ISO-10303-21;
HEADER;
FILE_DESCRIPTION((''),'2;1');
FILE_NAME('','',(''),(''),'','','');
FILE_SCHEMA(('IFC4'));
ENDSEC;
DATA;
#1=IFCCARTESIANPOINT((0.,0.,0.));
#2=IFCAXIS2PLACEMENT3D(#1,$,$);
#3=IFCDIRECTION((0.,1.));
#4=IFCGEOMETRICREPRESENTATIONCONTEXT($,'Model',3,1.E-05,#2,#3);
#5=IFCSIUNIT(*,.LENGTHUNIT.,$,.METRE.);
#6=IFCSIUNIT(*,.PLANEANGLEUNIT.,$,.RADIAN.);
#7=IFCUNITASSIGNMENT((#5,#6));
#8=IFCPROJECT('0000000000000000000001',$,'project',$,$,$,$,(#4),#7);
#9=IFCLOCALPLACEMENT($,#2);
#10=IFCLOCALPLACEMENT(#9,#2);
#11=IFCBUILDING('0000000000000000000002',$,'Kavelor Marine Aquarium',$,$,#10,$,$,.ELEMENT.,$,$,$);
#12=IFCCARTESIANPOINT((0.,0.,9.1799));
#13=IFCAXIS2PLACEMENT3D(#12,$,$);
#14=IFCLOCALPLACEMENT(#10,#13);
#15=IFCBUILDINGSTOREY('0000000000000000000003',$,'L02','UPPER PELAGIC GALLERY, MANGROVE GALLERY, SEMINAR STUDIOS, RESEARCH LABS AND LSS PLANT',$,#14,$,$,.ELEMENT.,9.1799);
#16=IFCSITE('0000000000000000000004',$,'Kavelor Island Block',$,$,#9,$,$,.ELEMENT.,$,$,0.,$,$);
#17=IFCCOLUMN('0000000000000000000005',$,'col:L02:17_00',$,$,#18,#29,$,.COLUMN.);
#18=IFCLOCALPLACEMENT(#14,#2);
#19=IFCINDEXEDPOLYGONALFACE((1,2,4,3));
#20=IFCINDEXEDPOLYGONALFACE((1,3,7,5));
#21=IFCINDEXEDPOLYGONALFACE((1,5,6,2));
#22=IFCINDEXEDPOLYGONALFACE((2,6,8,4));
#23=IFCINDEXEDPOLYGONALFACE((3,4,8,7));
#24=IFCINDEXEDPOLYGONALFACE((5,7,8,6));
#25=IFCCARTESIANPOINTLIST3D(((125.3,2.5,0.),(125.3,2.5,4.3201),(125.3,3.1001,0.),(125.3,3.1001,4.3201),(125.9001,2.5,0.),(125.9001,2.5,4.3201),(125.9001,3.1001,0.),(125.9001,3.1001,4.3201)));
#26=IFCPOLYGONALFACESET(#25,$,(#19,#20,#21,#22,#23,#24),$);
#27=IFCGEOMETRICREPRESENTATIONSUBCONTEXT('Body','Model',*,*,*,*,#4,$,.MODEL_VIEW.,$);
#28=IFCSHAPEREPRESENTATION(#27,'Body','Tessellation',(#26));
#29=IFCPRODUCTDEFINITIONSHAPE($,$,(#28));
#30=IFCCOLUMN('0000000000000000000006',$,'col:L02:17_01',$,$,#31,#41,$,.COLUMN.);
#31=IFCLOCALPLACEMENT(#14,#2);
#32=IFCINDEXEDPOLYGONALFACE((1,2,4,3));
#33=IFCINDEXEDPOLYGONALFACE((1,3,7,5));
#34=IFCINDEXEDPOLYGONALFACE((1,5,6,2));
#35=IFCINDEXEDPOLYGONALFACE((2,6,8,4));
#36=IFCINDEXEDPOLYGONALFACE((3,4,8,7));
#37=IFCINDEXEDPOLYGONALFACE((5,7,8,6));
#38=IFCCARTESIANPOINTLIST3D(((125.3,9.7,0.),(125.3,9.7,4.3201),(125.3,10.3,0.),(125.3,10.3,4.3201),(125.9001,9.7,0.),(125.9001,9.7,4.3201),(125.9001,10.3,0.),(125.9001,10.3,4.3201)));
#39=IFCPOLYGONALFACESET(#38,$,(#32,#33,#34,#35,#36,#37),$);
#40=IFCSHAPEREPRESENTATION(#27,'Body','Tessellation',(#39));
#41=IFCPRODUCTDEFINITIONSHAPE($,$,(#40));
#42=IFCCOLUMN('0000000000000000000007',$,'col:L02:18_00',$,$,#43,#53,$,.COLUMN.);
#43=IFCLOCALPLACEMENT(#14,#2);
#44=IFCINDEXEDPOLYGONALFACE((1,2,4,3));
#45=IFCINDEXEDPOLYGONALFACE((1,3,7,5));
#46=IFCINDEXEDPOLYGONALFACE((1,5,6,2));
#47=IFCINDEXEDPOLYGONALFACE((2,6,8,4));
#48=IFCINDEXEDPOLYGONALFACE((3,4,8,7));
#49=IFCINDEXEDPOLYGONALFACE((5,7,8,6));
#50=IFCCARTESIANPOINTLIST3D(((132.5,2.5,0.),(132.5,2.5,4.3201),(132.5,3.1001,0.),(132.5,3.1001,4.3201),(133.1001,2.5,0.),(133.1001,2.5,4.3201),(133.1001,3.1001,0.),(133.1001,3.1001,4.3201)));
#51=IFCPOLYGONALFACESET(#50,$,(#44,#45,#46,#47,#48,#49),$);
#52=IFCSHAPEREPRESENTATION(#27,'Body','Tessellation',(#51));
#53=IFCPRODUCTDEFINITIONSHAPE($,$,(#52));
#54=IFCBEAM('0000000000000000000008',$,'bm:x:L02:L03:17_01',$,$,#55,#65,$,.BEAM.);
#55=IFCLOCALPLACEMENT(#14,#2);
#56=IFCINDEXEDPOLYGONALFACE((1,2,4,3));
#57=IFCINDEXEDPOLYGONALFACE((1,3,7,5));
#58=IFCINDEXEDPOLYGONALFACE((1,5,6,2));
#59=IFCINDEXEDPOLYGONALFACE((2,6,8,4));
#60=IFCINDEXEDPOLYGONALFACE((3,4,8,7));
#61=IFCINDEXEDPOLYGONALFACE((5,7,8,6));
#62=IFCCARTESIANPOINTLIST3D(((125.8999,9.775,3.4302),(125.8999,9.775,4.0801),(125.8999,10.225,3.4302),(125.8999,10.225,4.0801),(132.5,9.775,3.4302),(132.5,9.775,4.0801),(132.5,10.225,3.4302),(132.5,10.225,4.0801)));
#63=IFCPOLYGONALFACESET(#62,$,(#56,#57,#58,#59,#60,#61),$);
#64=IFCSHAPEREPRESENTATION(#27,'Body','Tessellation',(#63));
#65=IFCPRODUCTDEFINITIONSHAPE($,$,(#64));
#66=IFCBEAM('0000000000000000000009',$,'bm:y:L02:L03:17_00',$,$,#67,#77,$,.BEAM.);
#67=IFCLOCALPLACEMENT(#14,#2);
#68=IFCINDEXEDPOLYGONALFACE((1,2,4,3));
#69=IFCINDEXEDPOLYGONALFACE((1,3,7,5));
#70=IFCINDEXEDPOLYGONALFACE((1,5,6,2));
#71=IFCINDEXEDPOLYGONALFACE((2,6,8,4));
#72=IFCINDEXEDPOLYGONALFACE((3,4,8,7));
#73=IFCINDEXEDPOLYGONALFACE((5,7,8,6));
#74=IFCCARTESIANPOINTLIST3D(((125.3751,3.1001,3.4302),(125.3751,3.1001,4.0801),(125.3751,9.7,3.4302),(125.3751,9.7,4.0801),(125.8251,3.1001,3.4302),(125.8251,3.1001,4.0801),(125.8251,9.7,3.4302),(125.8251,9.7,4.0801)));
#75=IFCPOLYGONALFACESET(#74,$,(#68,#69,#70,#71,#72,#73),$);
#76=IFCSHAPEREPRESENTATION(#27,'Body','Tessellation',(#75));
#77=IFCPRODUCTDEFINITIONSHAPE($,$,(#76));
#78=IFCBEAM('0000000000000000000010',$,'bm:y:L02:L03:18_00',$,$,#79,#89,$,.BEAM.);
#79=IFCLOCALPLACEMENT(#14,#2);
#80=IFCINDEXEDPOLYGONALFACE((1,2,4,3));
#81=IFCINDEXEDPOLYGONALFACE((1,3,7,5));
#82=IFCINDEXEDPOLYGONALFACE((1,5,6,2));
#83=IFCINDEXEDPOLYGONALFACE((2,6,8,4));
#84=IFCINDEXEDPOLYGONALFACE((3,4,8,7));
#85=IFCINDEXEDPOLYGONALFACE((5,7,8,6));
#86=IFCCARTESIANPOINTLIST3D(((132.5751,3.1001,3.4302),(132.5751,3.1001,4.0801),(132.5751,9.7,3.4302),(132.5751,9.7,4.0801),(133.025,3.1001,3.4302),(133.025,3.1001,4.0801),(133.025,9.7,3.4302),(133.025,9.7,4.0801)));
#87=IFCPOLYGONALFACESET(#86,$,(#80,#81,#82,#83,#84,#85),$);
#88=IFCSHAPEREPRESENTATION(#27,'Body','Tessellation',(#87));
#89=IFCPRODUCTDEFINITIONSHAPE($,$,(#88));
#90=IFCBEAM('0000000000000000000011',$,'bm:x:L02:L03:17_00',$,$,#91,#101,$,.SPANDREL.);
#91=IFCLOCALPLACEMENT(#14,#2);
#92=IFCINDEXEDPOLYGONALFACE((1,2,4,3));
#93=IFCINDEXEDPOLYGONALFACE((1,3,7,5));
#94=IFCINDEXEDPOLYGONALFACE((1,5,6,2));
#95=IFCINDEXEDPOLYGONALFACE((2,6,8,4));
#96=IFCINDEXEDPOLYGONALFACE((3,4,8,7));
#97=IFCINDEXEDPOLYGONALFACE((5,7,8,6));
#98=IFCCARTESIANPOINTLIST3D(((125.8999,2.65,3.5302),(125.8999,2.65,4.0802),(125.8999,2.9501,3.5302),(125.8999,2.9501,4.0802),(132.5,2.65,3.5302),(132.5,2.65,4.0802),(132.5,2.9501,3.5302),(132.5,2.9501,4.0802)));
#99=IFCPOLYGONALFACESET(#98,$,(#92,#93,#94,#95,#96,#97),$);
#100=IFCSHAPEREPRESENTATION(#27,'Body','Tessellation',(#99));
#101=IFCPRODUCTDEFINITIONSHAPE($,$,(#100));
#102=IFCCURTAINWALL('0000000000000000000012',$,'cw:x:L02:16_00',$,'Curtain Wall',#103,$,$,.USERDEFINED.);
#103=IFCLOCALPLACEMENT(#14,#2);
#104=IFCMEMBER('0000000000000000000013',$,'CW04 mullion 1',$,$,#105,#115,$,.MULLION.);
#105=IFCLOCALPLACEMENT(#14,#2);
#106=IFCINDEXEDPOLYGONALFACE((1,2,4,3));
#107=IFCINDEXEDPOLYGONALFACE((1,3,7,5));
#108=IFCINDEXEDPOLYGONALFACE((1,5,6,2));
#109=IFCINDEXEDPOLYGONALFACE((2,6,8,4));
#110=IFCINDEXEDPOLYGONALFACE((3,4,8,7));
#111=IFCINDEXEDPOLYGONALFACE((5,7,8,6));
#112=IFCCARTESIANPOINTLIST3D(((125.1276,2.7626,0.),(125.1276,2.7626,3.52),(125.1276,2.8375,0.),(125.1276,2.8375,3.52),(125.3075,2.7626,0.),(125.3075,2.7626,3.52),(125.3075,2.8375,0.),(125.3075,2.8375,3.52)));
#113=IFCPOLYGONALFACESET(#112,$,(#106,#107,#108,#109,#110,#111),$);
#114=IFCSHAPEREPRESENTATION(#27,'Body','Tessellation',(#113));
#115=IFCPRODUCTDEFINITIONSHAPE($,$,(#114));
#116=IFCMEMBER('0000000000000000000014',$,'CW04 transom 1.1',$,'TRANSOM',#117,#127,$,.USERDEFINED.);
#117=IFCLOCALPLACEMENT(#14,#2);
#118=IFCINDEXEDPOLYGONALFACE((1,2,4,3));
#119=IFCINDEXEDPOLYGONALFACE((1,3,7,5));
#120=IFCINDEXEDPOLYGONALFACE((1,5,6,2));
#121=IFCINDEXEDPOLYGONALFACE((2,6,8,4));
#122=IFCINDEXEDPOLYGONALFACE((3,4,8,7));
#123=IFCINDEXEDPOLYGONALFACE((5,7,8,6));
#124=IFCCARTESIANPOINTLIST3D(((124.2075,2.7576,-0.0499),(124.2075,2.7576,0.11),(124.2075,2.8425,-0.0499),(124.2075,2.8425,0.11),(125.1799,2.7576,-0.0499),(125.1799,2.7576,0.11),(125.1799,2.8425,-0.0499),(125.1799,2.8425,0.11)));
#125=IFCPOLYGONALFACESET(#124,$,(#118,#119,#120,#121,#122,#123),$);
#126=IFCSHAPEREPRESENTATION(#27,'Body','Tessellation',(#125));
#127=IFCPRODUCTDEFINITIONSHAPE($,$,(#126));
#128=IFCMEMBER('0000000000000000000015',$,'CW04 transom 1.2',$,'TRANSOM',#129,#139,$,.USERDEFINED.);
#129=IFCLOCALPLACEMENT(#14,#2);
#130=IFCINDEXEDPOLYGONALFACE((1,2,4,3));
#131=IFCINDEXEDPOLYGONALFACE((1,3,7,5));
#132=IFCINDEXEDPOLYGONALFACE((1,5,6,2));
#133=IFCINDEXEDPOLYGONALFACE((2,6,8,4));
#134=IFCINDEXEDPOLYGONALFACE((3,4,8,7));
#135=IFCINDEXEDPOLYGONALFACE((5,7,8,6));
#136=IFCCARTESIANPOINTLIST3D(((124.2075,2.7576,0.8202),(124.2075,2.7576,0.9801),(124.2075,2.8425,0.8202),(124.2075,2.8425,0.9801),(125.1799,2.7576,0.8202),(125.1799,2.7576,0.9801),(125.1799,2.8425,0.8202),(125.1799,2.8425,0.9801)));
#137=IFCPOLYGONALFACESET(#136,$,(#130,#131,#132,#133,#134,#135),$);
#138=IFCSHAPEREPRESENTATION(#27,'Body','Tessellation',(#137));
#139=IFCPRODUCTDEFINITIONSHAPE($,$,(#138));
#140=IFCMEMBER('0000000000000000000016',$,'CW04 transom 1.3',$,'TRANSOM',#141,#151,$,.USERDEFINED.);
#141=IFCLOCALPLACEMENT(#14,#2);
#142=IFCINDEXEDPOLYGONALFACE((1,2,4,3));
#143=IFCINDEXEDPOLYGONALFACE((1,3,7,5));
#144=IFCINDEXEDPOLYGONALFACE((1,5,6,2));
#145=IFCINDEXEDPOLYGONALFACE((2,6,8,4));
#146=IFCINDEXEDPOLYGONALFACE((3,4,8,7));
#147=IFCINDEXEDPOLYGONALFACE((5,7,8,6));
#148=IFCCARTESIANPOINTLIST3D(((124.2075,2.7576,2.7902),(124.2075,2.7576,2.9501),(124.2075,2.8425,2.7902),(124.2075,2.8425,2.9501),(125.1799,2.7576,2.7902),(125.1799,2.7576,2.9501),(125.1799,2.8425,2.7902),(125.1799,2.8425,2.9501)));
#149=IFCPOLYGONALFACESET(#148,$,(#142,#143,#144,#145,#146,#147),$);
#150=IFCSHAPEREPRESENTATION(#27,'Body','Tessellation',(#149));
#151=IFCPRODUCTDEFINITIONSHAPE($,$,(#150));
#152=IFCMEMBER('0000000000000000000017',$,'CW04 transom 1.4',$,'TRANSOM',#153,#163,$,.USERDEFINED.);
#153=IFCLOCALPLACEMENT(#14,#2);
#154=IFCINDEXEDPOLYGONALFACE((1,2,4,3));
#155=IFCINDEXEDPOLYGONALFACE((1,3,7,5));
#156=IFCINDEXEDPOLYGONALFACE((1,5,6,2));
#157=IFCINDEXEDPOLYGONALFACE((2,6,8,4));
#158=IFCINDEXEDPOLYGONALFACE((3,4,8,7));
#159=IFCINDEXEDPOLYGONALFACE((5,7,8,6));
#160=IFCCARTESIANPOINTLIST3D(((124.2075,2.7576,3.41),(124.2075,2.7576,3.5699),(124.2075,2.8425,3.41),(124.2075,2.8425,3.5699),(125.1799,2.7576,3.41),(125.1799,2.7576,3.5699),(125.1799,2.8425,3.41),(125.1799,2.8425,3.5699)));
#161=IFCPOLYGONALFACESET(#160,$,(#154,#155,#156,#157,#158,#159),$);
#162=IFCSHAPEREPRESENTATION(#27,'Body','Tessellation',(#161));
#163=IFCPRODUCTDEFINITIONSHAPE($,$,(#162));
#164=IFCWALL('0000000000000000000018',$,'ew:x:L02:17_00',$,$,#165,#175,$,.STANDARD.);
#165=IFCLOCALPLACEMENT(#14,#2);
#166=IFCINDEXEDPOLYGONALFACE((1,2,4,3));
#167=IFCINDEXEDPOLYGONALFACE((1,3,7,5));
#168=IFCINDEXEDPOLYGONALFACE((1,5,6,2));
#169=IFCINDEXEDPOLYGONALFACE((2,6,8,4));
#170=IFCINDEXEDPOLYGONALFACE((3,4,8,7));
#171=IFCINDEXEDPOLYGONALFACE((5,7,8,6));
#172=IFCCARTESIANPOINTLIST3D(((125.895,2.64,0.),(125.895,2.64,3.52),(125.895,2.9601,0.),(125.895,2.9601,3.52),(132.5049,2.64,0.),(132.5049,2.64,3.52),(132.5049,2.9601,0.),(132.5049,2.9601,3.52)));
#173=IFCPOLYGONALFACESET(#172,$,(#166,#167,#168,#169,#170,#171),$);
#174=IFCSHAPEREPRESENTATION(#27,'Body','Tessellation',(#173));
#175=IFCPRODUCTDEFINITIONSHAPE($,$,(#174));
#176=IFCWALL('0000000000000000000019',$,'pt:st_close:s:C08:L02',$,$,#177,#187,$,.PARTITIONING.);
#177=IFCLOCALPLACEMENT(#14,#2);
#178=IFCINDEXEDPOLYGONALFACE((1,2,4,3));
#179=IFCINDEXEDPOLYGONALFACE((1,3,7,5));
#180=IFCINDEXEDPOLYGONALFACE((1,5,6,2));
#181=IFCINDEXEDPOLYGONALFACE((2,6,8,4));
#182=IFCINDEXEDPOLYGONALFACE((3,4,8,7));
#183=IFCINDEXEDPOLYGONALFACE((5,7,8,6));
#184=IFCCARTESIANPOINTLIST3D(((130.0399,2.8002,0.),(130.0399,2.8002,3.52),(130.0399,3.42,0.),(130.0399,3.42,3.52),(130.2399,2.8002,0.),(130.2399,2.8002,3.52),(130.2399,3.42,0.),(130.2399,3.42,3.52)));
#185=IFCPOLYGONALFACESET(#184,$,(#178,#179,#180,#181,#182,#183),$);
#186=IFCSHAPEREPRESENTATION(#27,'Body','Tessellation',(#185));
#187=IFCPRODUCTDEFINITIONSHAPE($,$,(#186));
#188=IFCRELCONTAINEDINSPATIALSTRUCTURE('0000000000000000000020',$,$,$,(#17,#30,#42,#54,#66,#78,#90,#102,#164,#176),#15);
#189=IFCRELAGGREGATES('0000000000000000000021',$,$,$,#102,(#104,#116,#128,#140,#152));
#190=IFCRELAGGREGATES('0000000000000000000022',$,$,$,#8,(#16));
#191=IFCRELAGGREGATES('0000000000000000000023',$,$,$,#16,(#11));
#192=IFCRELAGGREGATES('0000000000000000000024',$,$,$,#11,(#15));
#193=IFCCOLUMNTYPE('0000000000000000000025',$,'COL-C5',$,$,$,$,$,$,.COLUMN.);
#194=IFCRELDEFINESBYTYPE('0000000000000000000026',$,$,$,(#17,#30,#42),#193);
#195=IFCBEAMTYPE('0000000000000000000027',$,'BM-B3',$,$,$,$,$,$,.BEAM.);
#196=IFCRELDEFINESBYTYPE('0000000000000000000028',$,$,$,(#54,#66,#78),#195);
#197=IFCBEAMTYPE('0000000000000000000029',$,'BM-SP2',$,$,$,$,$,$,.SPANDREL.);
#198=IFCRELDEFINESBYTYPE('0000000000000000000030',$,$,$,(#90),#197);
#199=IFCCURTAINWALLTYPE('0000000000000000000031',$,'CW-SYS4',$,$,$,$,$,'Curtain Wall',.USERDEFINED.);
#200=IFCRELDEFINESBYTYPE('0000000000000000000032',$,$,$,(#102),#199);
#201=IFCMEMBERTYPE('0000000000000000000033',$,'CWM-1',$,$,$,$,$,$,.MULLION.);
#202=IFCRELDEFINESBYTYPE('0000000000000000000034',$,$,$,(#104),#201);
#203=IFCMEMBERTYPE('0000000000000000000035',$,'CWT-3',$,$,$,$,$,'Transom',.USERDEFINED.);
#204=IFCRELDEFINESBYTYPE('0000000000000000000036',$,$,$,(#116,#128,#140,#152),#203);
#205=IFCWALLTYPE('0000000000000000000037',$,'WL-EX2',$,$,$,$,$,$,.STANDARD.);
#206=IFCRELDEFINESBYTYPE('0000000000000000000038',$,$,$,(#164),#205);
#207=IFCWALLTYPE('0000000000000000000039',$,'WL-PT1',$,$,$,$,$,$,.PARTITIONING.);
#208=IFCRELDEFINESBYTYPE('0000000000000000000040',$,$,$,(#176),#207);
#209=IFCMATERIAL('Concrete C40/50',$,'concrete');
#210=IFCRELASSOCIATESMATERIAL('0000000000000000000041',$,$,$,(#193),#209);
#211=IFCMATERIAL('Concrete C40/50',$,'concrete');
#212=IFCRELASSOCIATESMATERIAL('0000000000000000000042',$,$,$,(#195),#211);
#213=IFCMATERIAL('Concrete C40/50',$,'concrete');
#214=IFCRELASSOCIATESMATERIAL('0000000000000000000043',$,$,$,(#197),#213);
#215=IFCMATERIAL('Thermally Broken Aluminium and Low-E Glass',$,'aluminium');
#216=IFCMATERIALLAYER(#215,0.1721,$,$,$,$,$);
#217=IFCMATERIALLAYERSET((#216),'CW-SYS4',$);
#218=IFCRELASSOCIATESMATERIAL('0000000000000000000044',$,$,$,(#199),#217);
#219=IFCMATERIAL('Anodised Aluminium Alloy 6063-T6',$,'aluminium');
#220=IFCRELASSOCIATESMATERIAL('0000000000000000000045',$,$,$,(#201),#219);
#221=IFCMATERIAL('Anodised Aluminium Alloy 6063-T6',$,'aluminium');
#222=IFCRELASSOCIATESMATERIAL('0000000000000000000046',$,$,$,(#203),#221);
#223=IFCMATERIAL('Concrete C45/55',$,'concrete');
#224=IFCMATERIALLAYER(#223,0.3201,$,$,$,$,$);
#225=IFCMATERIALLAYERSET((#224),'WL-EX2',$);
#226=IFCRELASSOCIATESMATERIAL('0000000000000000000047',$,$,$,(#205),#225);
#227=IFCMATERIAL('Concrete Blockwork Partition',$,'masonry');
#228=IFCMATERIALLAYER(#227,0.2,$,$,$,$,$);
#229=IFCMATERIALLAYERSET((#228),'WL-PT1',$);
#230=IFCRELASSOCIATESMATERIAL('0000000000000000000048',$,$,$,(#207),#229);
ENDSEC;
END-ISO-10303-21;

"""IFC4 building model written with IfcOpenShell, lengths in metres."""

from ifc_helpers import new_model, si_unit, direction, frame, frame_2d, origin, origin_2d, place, context, subcontext, project, spatial, rectangle, extrude, material, layer, layer_set, material_profile, profile_set, type_object, element, aggregate, save


model = new_model("IFC4")

# Units and contexts
model_context = context("Model", 3, precision=1e-05, world=origin(), true_north=direction((0.0, 1.0)))
body_context = subcontext(model_context, "Body", "Model", "MODEL_VIEW")
ifc_project = project(units=[si_unit("LENGTHUNIT", "METRE"), si_unit("PLANEANGLEUNIT", "RADIAN")], contexts=[model_context])

# Site, building, storey
site_placement = place(None, origin())
site = spatial("IfcSite", under=ifc_project, at=site_placement, Name="Kavelor Island Block", CompositionType="ELEMENT", RefElevation=0.0)
building_placement = place(site_placement, origin())
building = spatial("IfcBuilding", under=site, at=building_placement, Name="Kavelor Marine Aquarium", CompositionType="ELEMENT")
storey_placement = place(building_placement, frame((0.0, 0.0, 9.1799)))
storey = spatial("IfcBuildingStorey", under=building, at=storey_placement, Name="L02", Description="UPPER PELAGIC GALLERY, MANGROVE GALLERY, SEMINAR STUDIOS, RESEARCH LABS AND LSS PLANT", CompositionType="ELEMENT", Elevation=9.1799)

# Columns
ifc_material_1 = material(Name="Concrete C40/50", Category="concrete")
ifc_material_profile_1 = material_profile(ifc_material_1, rectangle(XDim=0.6001, YDim=0.6001, at=origin_2d()), Name="RC-COL 600x600")
ifc_profile_set_1 = profile_set([ifc_material_profile_1], Name="Concrete C40/50")
column_type = type_object("IfcColumnType", Name="COL-C5", PredefinedType="COLUMN", material=ifc_profile_set_1)
for number, where, z_axis, x_axis, name in (
    (1, (125.6001, 2.8, 0.0), (0.0, 0.0, 1.0), (1.0, 0.0, 0.0), "col:L02:17_00"),
    (2, (125.6001, 10.0, 0.0), (0.0, 0.0, 1.0), (1.0, 0.0, 0.0), "col:L02:17_01"),
    (3, (132.8, 2.8, 0.0), (0.0, 0.0, 1.0), (1.0, 0.0, 0.0), "col:L02:18_00"),
):
    element("IfcColumn", number, at=place(storey_placement, frame(where, z_axis=z_axis, x_axis=x_axis)), inside=storey, type_object=column_type, Name=name, PredefinedType="COLUMN", context=body_context, shape_type="SweptSolid", body=[
        extrude(rectangle(XDim=0.6001, YDim=0.6001, at=origin_2d()), origin(), (0.0, 0.0, 1.0), 4.3201),
    ])

# Beams
ifc_material_2 = material(Name="Concrete C40/50", Category="concrete")
ifc_material_profile_2 = material_profile(ifc_material_2, rectangle(XDim=0.45, YDim=0.6499, at=origin_2d()), Name="RC-BM 450x650")
ifc_profile_set_2 = profile_set([ifc_material_profile_2], Name="Concrete C40/50")
beam_type_1 = type_object("IfcBeamType", Name="BM-B3", PredefinedType="BEAM", material=ifc_profile_set_2)
beam_1_placement = place(storey_placement, frame((125.8999, 10.0, 3.7551), z_axis=(1.0, 0.0, 0.0), x_axis=(0.0, 1.0, 0.0)))
element("IfcBeam", 4, at=beam_1_placement, inside=storey, type_object=beam_type_1, Name="bm:x:L02:L03:17_01", PredefinedType="BEAM", context=body_context, shape_type="SweptSolid", body=[
    extrude(rectangle(XDim=0.45, YDim=0.6499, at=origin_2d()), origin(), (0.0, 0.0, 1.0), 6.6001),
])
for number, where, z_axis, x_axis, name in (
    (5, (125.6001, 3.1001, 3.7551), (0.0, 1.0, 0.0), (-1.0, 0.0, 0.0), "bm:y:L02:L03:17_00"),
    (6, (132.8, 3.1001, 3.7551), (0.0, 1.0, 0.0), (-1.0, 0.0, 0.0), "bm:y:L02:L03:18_00"),
):
    element("IfcBeam", number, at=place(storey_placement, frame(where, z_axis=z_axis, x_axis=x_axis)), inside=storey, type_object=beam_type_1, Name=name, PredefinedType="BEAM", context=body_context, shape_type="SweptSolid", body=[
        extrude(rectangle(XDim=0.45, YDim=0.6499, at=origin_2d()), origin(), (0.0, 0.0, 1.0), 6.5999),
    ])
ifc_material_3 = material(Name="Concrete C40/50", Category="concrete")
ifc_material_profile_3 = material_profile(ifc_material_3, rectangle(XDim=0.3, YDim=0.55, at=origin_2d()), Name="RC-SP 300x550")
ifc_profile_set_3 = profile_set([ifc_material_profile_3], Name="Concrete C40/50")
beam_type_2 = type_object("IfcBeamType", Name="BM-SP2", PredefinedType="SPANDREL", material=ifc_profile_set_3)
beam_2_placement = place(storey_placement, frame((125.8999, 2.8, 3.8052), z_axis=(1.0, 0.0, 0.0), x_axis=(0.0, 1.0, 0.0)))
element("IfcBeam", 7, at=beam_2_placement, inside=storey, type_object=beam_type_2, Name="bm:x:L02:L03:17_00", PredefinedType="SPANDREL", context=body_context, shape_type="SweptSolid", body=[
    extrude(rectangle(XDim=0.3, YDim=0.55, at=origin_2d()), origin(), (0.0, 0.0, 1.0), 6.6001),
])

# Curtain wall, members
ifc_material_4 = material(Name="Thermally Broken Aluminium and Low-E Glass", Category="aluminium")
ifc_layer_1 = layer(ifc_material_4, 0.1721)
ifc_layer_set_1 = layer_set([ifc_layer_1], Name="CW-SYS4")
curtain_wall_type = type_object("IfcCurtainWallType", Name="CW-SYS4", ElementType="Curtain Wall", PredefinedType="USERDEFINED", material=ifc_layer_set_1)
curtain_wall_placement = place(storey_placement, origin())
curtain_wall = element("IfcCurtainWall", 8, at=curtain_wall_placement, inside=storey, type_object=curtain_wall_type, Name="cw:x:L02:16_00", ObjectType="Curtain Wall", PredefinedType="USERDEFINED")
ifc_material_5 = material(Name="Anodised Aluminium Alloy 6063-T6", Category="aluminium")
ifc_material_profile_4 = material_profile(ifc_material_5, rectangle(XDim=0.075, YDim=0.1799, at=origin_2d()), Name="CW-MUL 75x180")
ifc_profile_set_4 = profile_set([ifc_material_profile_4], Name="Anodised Aluminium Alloy 6063-T6")
member_type_1 = type_object("IfcMemberType", Name="CWM-1", PredefinedType="MULLION", material=ifc_profile_set_4)
member_1_placement = place(storey_placement, frame((125.2175, 2.8, 0.0), z_axis=(0.0, 0.0, 1.0), x_axis=(0.0, -1.0, 0.0)))
member_1 = element("IfcMember", 9, at=member_1_placement, type_object=member_type_1, Name="CW04 mullion 1", PredefinedType="MULLION", context=body_context, shape_type="SweptSolid", body=[
    extrude(rectangle(XDim=0.075, YDim=0.1799, at=origin_2d()), origin(), (0.0, 0.0, 1.0), 3.52),
])
ifc_material_6 = material(Name="Anodised Aluminium Alloy 6063-T6", Category="aluminium")
ifc_material_profile_5 = material_profile(ifc_material_6, rectangle(XDim=0.085, YDim=0.1599, at=origin_2d()), Name="CW-TRN 85x160")
ifc_profile_set_5 = profile_set([ifc_material_profile_5], Name="Anodised Aluminium Alloy 6063-T6")
member_type_2 = type_object("IfcMemberType", Name="CWT-3", ElementType="Transom", PredefinedType="USERDEFINED", material=ifc_profile_set_5)
member_2_placement = place(storey_placement, frame((125.1799, 2.8, 0.03), z_axis=(-1.0, 0.0, 0.0), x_axis=(0.0, -1.0, 0.0)))
member_2 = element("IfcMember", 10, at=member_2_placement, type_object=member_type_2, Name="CW04 transom 1.1", ObjectType="TRANSOM", PredefinedType="USERDEFINED", context=body_context, shape_type="SweptSolid", body=[
    extrude(rectangle(XDim=0.085, YDim=0.1599, at=origin_2d()), origin(), (0.0, 0.0, 1.0), 0.9724),
])
member_3_placement = place(storey_placement, frame((125.1799, 2.8, 0.9001), z_axis=(-1.0, 0.0, 0.0), x_axis=(0.0, -1.0, 0.0)))
member_3 = element("IfcMember", 11, at=member_3_placement, type_object=member_type_2, Name="CW04 transom 1.2", ObjectType="TRANSOM", PredefinedType="USERDEFINED", context=body_context, shape_type="SweptSolid", body=[
    extrude(rectangle(XDim=0.085, YDim=0.1599, at=origin_2d()), origin(), (0.0, 0.0, 1.0), 0.9724),
])
member_4_placement = place(storey_placement, frame((125.1799, 2.8, 2.8701), z_axis=(-1.0, 0.0, 0.0), x_axis=(0.0, -1.0, 0.0)))
member_4 = element("IfcMember", 12, at=member_4_placement, type_object=member_type_2, Name="CW04 transom 1.3", ObjectType="TRANSOM", PredefinedType="USERDEFINED", context=body_context, shape_type="SweptSolid", body=[
    extrude(rectangle(XDim=0.085, YDim=0.1599, at=origin_2d()), origin(), (0.0, 0.0, 1.0), 0.9724),
])
member_5_placement = place(storey_placement, frame((125.1799, 2.8, 3.49), z_axis=(-1.0, 0.0, 0.0), x_axis=(0.0, -1.0, 0.0)))
member_5 = element("IfcMember", 13, at=member_5_placement, type_object=member_type_2, Name="CW04 transom 1.4", ObjectType="TRANSOM", PredefinedType="USERDEFINED", context=body_context, shape_type="SweptSolid", body=[
    extrude(rectangle(XDim=0.085, YDim=0.1599, at=origin_2d()), origin(), (0.0, 0.0, 1.0), 0.9724),
])
aggregate(curtain_wall, [member_1, member_2, member_3, member_4, member_5])

# Walls
ifc_material_7 = material(Name="Concrete C45/55", Category="concrete")
ifc_layer_2 = layer(ifc_material_7, 0.3201)
ifc_layer_set_2 = layer_set([ifc_layer_2], Name="WL-EX2")
wall_type_1 = type_object("IfcWallType", Name="WL-EX2", PredefinedType="STANDARD", material=ifc_layer_set_2)
wall_1_placement = place(storey_placement, frame((132.5049, 2.8, 0.0), z_axis=(0.0, 0.0, 1.0), x_axis=(-1.0, 0.0, 0.0)))
element("IfcWall", 14, at=wall_1_placement, inside=storey, type_object=wall_type_1, Name="ew:x:L02:17_00", PredefinedType="STANDARD", context=body_context, shape_type="SweptSolid", body=[
    extrude(rectangle(XDim=6.6099, YDim=0.3201, at=frame_2d((3.3049, 0.0))), origin(), (0.0, 0.0, 1.0), 3.52),
])
ifc_material_8 = material(Name="Concrete Blockwork Partition", Category="masonry")
ifc_layer_3 = layer(ifc_material_8, 0.2)
ifc_layer_set_3 = layer_set([ifc_layer_3], Name="WL-PT1")
wall_type_2 = type_object("IfcWallType", Name="WL-PT1", PredefinedType="PARTITIONING", material=ifc_layer_set_3)
wall_2_placement = place(storey_placement, frame((130.1399, 2.8, 0.0), z_axis=(0.0, 0.0, 1.0), x_axis=(0.0, 1.0, 0.0)))
element("IfcWall", 15, at=wall_2_placement, inside=storey, type_object=wall_type_2, Name="pt:st_close:s:C08:L02", PredefinedType="PARTITIONING", context=body_context, shape_type="SweptSolid", body=[
    extrude(rectangle(XDim=0.6199, YDim=0.2, at=frame_2d((0.3101, 0.0))), origin(), (0.0, 0.0, 1.0), 3.52),
])

save(model, "model.ifc")
